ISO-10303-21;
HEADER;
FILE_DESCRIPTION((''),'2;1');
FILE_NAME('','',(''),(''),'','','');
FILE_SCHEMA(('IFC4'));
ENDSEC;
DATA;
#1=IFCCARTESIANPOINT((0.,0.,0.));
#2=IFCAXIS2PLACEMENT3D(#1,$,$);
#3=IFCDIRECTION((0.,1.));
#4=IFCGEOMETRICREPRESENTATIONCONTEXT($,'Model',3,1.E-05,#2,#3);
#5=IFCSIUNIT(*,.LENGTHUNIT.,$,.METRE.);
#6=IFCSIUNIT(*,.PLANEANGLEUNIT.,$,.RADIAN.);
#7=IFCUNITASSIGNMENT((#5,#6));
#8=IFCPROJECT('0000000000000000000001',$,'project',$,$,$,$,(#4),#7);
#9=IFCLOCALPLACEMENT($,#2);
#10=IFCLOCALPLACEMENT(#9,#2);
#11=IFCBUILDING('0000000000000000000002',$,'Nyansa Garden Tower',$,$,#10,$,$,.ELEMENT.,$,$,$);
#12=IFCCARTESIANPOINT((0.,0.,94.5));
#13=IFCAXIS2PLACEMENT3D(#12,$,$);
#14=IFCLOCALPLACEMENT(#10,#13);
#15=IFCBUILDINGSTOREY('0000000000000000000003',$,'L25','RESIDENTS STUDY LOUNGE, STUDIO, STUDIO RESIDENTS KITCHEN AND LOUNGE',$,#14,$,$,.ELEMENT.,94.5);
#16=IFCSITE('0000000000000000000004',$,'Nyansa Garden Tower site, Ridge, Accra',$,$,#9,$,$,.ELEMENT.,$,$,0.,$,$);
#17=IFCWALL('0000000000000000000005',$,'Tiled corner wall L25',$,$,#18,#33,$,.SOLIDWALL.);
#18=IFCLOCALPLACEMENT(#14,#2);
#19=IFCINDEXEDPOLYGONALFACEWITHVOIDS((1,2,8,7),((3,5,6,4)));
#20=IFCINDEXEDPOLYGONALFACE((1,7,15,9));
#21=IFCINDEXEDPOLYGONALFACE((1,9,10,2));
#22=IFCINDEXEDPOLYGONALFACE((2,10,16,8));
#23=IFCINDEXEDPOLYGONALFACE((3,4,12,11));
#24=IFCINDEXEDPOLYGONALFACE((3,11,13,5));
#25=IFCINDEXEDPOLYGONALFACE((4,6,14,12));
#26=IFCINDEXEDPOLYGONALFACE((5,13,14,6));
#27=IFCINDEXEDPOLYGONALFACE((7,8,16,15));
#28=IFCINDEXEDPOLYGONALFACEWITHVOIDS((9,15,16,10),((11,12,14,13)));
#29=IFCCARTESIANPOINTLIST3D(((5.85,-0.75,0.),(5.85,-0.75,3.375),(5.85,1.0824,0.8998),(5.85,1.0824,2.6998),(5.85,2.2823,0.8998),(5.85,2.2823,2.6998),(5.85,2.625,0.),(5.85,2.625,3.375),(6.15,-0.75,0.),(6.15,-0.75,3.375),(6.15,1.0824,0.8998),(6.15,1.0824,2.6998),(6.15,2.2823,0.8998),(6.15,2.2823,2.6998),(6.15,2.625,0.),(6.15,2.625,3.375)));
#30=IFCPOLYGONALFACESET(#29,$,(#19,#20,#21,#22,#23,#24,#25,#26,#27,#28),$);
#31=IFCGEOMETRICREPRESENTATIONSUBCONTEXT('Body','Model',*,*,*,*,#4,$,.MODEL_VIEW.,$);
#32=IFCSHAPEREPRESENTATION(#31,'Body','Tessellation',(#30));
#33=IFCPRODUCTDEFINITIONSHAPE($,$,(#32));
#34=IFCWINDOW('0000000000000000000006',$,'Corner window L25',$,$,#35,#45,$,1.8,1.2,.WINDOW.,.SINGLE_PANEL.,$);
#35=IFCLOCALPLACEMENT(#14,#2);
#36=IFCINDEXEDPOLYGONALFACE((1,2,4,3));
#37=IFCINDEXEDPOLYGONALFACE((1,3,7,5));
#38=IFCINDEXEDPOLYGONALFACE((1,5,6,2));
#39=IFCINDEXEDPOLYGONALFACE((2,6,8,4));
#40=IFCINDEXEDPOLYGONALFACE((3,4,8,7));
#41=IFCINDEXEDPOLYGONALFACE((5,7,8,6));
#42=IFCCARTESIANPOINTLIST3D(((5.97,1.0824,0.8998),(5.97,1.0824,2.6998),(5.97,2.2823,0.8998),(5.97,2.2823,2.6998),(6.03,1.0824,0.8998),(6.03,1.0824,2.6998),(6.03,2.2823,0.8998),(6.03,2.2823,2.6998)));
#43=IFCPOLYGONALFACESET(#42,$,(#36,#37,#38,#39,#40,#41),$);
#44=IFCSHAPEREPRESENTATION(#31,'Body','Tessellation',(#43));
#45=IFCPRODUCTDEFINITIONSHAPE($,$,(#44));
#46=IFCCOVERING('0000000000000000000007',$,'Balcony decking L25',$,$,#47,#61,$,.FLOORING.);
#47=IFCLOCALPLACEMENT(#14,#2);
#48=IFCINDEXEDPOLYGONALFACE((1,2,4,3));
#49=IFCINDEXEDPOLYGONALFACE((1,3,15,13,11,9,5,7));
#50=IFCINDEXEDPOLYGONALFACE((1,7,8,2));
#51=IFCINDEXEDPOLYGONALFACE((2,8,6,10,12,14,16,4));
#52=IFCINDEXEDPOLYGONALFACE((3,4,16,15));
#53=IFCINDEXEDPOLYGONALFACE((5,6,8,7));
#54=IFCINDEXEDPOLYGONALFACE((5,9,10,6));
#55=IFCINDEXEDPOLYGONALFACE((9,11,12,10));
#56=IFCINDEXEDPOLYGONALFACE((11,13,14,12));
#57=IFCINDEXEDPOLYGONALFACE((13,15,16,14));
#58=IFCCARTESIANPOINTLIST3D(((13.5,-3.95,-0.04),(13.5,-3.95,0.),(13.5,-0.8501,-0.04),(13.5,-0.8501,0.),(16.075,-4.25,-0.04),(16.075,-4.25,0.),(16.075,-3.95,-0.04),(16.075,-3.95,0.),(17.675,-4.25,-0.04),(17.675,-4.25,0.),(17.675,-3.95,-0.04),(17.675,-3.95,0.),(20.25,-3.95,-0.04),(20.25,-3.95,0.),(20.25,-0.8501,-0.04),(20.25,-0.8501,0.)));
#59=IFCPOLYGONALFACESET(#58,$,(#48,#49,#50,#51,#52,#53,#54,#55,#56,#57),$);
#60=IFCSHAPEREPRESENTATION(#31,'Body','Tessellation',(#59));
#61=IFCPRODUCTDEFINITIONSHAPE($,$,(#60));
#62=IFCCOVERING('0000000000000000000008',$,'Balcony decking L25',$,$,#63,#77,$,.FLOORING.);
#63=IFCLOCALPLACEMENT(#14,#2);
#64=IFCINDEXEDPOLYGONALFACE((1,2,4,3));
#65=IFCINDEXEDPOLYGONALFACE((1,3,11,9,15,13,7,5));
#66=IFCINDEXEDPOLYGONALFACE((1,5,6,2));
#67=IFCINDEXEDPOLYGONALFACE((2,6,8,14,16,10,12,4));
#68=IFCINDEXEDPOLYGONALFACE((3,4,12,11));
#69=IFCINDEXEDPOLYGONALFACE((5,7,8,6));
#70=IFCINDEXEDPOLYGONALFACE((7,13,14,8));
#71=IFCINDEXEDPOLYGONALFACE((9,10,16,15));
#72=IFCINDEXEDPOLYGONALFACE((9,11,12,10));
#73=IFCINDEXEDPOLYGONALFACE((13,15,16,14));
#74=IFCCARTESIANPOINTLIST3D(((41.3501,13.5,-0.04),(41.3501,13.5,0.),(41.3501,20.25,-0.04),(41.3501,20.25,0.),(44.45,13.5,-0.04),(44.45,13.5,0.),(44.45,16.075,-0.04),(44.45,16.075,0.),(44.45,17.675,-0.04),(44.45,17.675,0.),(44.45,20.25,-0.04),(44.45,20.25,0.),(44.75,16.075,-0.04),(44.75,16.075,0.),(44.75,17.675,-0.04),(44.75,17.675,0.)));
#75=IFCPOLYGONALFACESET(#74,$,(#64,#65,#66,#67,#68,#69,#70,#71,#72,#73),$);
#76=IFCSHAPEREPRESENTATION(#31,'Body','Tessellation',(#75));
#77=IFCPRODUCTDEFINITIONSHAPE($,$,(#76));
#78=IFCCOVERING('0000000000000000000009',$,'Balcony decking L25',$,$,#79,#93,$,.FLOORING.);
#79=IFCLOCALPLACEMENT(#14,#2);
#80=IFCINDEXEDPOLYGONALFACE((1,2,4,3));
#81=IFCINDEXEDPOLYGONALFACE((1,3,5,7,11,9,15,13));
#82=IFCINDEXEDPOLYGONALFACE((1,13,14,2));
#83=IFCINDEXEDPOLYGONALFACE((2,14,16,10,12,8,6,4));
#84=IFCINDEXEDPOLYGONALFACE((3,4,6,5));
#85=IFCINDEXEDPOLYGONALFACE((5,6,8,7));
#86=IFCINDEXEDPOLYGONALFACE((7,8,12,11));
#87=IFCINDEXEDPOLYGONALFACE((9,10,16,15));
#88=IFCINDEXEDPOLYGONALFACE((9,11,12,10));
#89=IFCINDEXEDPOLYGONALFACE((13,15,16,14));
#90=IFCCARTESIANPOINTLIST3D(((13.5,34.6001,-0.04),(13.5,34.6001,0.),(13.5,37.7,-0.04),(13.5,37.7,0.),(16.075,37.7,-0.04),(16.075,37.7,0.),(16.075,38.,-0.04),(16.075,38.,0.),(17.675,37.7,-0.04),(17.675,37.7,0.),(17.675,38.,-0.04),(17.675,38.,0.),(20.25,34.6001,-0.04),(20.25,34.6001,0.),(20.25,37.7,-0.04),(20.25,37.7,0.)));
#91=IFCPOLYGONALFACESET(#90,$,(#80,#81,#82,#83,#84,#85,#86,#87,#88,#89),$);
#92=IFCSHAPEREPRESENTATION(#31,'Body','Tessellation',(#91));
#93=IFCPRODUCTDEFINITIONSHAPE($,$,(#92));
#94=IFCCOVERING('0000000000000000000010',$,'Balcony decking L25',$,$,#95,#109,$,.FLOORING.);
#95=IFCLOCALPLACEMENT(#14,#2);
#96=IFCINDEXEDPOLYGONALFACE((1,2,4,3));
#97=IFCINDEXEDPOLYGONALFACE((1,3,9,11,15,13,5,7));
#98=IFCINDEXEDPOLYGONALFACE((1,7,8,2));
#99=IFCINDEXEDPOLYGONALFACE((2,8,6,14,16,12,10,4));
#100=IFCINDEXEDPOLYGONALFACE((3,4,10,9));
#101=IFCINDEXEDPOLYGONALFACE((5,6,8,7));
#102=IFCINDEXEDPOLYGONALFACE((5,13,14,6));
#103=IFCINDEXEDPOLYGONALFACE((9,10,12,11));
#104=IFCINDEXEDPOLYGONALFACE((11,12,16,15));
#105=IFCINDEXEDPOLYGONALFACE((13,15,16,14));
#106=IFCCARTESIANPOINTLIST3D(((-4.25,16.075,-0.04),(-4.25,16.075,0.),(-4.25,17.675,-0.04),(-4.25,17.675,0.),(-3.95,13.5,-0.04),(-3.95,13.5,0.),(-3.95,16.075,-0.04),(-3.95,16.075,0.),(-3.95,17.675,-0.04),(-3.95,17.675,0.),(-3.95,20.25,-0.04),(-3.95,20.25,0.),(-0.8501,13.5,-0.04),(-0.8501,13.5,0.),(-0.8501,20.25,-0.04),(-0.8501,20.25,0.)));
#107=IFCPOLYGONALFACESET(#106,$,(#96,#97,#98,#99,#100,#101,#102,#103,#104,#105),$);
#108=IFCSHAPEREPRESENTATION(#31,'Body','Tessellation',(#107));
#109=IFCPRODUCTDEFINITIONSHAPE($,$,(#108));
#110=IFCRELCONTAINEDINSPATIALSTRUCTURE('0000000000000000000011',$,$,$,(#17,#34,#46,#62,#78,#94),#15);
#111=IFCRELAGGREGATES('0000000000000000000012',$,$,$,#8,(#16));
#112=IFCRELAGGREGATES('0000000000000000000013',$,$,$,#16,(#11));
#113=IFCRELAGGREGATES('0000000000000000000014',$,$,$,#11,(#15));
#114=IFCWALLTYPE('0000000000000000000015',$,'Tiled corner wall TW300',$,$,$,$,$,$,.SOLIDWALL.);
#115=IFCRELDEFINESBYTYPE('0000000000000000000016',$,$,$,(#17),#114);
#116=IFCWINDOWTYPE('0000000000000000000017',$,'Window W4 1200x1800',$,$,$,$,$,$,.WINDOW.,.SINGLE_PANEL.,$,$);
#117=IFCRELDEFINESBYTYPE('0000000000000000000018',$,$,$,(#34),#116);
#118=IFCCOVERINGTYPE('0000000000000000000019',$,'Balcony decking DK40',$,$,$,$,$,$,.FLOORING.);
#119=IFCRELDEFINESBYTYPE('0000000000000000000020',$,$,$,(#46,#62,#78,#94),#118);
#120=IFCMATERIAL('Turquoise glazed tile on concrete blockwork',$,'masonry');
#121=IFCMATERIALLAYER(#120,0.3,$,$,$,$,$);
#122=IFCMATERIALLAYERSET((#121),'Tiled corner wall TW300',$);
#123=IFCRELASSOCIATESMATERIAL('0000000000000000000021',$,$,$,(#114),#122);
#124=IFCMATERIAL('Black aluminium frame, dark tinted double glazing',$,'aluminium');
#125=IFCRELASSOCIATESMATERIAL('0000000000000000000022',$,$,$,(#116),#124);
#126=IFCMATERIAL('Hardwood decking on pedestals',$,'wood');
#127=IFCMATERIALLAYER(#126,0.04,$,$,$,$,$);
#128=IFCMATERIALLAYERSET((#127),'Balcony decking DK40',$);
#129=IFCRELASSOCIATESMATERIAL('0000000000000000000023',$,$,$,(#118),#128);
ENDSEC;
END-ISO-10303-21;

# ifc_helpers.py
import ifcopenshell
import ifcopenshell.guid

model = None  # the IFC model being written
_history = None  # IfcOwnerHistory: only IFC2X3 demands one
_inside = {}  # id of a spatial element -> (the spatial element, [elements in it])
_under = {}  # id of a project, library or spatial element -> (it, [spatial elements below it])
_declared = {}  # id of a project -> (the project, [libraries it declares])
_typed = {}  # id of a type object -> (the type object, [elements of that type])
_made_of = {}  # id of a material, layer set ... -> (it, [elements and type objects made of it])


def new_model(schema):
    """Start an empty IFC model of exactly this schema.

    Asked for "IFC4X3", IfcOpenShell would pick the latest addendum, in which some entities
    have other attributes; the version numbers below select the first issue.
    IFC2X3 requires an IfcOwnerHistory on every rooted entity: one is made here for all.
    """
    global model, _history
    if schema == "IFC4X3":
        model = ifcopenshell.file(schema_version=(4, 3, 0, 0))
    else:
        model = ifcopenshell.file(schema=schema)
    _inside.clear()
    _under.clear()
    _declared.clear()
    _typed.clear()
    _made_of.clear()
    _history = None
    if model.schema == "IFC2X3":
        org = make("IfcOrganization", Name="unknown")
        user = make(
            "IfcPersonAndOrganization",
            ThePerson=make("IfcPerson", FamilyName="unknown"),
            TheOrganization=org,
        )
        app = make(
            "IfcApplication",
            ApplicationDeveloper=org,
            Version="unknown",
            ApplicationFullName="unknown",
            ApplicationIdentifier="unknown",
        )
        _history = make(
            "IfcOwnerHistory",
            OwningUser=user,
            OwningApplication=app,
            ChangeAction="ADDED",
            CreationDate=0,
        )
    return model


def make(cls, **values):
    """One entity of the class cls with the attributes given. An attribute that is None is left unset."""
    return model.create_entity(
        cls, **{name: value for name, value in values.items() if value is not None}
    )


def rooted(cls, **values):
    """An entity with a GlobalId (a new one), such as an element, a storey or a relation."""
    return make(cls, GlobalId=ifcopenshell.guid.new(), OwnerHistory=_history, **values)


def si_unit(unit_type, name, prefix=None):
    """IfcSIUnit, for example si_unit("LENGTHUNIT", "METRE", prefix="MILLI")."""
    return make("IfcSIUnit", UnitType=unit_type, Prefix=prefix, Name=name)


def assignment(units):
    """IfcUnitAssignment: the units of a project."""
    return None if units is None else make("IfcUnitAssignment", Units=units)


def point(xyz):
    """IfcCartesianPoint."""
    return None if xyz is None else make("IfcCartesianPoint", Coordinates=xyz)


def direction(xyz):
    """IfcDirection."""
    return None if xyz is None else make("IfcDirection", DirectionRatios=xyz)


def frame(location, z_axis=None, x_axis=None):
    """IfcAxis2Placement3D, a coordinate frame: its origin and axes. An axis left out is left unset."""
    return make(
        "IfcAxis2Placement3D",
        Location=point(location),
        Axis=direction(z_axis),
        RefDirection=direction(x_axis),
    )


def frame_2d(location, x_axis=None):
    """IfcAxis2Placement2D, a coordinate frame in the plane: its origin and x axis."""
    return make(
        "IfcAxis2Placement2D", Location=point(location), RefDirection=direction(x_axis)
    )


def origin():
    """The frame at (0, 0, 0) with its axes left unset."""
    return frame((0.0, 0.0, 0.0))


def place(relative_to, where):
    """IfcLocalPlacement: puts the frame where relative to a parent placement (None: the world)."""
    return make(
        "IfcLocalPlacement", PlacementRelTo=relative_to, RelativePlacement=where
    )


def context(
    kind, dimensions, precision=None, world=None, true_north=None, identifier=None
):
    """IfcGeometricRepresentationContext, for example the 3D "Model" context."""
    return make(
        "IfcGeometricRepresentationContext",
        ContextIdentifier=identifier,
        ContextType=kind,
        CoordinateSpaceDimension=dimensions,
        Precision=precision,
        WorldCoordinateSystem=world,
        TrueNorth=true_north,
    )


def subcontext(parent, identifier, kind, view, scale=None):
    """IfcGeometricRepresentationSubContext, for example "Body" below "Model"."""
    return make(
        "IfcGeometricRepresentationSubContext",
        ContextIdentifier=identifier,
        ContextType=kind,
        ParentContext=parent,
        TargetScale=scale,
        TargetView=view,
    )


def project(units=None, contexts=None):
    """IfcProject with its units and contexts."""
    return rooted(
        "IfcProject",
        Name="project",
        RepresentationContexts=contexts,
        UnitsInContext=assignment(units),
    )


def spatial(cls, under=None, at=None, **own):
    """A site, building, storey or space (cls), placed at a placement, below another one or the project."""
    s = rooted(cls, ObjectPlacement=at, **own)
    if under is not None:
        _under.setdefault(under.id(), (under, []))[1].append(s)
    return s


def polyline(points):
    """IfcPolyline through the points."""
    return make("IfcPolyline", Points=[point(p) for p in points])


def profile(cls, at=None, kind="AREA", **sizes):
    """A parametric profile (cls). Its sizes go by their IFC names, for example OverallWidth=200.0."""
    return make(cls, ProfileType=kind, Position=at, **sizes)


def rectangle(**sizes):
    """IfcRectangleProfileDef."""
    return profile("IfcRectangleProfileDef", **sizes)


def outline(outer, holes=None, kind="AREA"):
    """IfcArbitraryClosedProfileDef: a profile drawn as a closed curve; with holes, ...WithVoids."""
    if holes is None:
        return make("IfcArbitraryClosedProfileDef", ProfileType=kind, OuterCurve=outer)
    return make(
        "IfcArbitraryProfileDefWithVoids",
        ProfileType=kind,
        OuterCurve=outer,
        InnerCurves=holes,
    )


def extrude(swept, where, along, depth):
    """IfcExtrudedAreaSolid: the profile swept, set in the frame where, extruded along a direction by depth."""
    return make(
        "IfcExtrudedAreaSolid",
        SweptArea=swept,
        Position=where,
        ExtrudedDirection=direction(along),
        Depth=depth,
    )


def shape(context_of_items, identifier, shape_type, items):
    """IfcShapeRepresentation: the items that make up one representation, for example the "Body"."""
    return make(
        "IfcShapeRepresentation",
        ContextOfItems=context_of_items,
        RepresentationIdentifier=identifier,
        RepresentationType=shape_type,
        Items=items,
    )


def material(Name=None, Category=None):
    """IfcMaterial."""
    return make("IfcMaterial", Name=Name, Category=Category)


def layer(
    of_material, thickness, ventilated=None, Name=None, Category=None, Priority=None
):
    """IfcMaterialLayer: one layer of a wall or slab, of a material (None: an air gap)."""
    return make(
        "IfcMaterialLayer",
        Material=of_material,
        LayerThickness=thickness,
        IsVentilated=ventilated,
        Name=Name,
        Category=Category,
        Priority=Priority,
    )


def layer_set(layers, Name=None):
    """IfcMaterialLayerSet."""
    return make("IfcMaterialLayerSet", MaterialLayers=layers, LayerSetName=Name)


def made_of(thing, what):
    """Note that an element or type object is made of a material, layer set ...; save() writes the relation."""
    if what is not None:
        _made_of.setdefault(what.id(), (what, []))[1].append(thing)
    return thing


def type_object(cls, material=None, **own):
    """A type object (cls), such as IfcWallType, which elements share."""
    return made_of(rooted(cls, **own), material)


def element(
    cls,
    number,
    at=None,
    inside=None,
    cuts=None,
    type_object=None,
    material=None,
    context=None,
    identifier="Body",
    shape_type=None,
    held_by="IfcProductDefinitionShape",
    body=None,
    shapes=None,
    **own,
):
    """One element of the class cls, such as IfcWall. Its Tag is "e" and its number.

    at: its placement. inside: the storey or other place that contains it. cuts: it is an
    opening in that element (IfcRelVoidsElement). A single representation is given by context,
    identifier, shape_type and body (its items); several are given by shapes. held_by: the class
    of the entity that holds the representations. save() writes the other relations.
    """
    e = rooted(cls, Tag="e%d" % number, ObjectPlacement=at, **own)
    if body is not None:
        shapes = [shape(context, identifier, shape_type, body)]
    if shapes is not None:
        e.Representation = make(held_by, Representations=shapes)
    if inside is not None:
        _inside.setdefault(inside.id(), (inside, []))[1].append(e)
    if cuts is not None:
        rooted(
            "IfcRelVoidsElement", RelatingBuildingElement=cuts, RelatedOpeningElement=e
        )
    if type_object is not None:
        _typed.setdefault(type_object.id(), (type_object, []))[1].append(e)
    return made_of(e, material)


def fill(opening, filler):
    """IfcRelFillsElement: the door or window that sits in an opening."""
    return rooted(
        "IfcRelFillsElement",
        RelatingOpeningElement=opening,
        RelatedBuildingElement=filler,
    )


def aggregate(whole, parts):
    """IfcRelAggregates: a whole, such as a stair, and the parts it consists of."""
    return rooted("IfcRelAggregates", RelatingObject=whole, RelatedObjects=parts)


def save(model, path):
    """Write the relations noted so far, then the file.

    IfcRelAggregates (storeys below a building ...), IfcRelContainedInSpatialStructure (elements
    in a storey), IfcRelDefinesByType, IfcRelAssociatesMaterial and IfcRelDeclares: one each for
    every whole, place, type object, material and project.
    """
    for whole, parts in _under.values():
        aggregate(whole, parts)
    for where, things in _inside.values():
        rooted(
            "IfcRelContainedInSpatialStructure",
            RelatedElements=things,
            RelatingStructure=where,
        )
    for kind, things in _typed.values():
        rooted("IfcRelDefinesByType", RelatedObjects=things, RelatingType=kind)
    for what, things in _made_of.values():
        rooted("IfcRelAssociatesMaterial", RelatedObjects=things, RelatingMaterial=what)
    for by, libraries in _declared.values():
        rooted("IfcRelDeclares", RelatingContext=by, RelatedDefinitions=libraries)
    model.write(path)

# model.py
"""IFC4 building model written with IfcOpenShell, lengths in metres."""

from ifc_helpers import new_model, si_unit, direction, frame, frame_2d, origin, place, context, subcontext, project, spatial, polyline, rectangle, outline, extrude, material, layer, layer_set, type_object, element, fill, save


model = new_model("IFC4")

# Units and contexts
model_context = context("Model", 3, precision=1e-05, world=origin(), true_north=direction((0.0, 1.0)))
body_context = subcontext(model_context, "Body", "Model", "MODEL_VIEW")
ifc_project = project(units=[si_unit("LENGTHUNIT", "METRE"), si_unit("PLANEANGLEUNIT", "RADIAN")], contexts=[model_context])

# Site, building, storey
site_placement = place(None, origin())
site = spatial("IfcSite", under=ifc_project, at=site_placement, Name="Nyansa Garden Tower site, Ridge, Accra", CompositionType="ELEMENT", RefElevation=0.0)
building_placement = place(site_placement, origin())
building = spatial("IfcBuilding", under=site, at=building_placement, Name="Nyansa Garden Tower", CompositionType="ELEMENT")
storey_placement = place(building_placement, frame((0.0, 0.0, 94.5)))
storey = spatial("IfcBuildingStorey", under=building, at=storey_placement, Name="L25", Description="RESIDENTS STUDY LOUNGE, STUDIO, STUDIO RESIDENTS KITCHEN AND LOUNGE", CompositionType="ELEMENT", Elevation=94.5)

# Wall, opening, window
ifc_material_1 = material(Name="Turquoise glazed tile on concrete blockwork", Category="masonry")
ifc_layer_1 = layer(ifc_material_1, 0.3)
ifc_layer_set_1 = layer_set([ifc_layer_1], Name="Tiled corner wall TW300")
wall_type_1 = type_object("IfcWallType", Name="Tiled corner wall TW300", PredefinedType="SOLIDWALL", material=ifc_layer_set_1)
wall_1_placement = place(storey_placement, frame((6.0, 2.625, 0.0), z_axis=(0.0, 0.0, 1.0), x_axis=(0.0, -1.0, 0.0)))
wall_1 = element("IfcWall", 1, at=wall_1_placement, inside=storey, type_object=wall_type_1, Name="Tiled corner wall L25", PredefinedType="SOLIDWALL", context=body_context, shape_type="SweptSolid", body=[
    extrude(rectangle(XDim=3.375, YDim=0.3, at=frame_2d((1.6875, 0.0))), origin(), (0.0, 0.0, 1.0), 3.375),
])
opening_1_placement = place(wall_1_placement, frame((0.3425, 0.0, 0.8999)))
opening_1 = element("IfcOpeningElement", 2, at=opening_1_placement, cuts=wall_1, PredefinedType="OPENING", context=body_context, shape_type="SweptSolid", body=[
    extrude(rectangle(XDim=1.2, YDim=1.8, at=frame_2d((0.6001, 0.8999))), frame((0.0, 0.1599, 0.0), z_axis=(0.0, -1.0, 0.0), x_axis=(1.0, 0.0, 0.0)), (0.0, 0.0, 1.0), 0.3201),
])
ifc_material_2 = material(Name="Black aluminium frame, dark tinted double glazing", Category="aluminium")
window_type_1 = type_object("IfcWindowType", Name="Window W4 1200x1800", PartitioningType="SINGLE_PANEL", PredefinedType="WINDOW", material=ifc_material_2)
window_1_placement = place(opening_1_placement, origin())
window_1 = element("IfcWindow", 3, at=window_1_placement, inside=storey, type_object=window_type_1, Name="Corner window L25", OverallHeight=1.8, OverallWidth=1.2, PartitioningType="SINGLE_PANEL", PredefinedType="WINDOW", context=body_context, shape_type="SweptSolid", body=[
    extrude(rectangle(XDim=1.2, YDim=1.8, at=frame_2d((0.6001, 0.8999))), frame((0.0, 0.03, 0.0), z_axis=(0.0, -1.0, 0.0), x_axis=(1.0, 0.0, 0.0)), (0.0, 0.0, 1.0), 0.0601),
])
fill(opening_1, window_1)

# Coverings
ifc_material_3 = material(Name="Hardwood decking on pedestals", Category="wood")
ifc_layer_2 = layer(ifc_material_3, 0.04)
ifc_layer_set_2 = layer_set([ifc_layer_2], Name="Balcony decking DK40")
covering_type = type_object("IfcCoveringType", Name="Balcony decking DK40", PredefinedType="FLOORING", material=ifc_layer_set_2)
covering_1_placement = place(storey_placement, frame((0.0, 0.0, -0.04)))
element("IfcCovering", 4, at=covering_1_placement, inside=storey, type_object=covering_type, Name="Balcony decking L25", PredefinedType="FLOORING", context=body_context, shape_type="SweptSolid", body=[
    extrude(outline(polyline([(13.5, -0.8501), (20.25, -0.8501), (20.25, -3.95), (17.675, -3.95), (17.675, -4.25), (16.075, -4.25), (16.075, -3.95), (13.5, -3.95), (13.5, -0.8501)])), origin(), (0.0, 0.0, 1.0), 0.04),
])
covering_2_placement = place(storey_placement, frame((0.0, 0.0, -0.04)))
element("IfcCovering", 5, at=covering_2_placement, inside=storey, type_object=covering_type, Name="Balcony decking L25", PredefinedType="FLOORING", context=body_context, shape_type="SweptSolid", body=[
    extrude(outline(polyline([(41.3501, 13.5), (41.3501, 20.25), (44.45, 20.25), (44.45, 17.675), (44.75, 17.675), (44.75, 16.075), (44.45, 16.075), (44.45, 13.5), (41.3501, 13.5)])), origin(), (0.0, 0.0, 1.0), 0.04),
])
covering_3_placement = place(storey_placement, frame((0.0, 0.0, -0.04)))
element("IfcCovering", 6, at=covering_3_placement, inside=storey, type_object=covering_type, Name="Balcony decking L25", PredefinedType="FLOORING", context=body_context, shape_type="SweptSolid", body=[
    extrude(outline(polyline([(13.5, 34.6001), (20.25, 34.6001), (20.25, 37.7), (17.675, 37.7), (17.675, 38.0), (16.075, 38.0), (16.075, 37.7), (13.5, 37.7), (13.5, 34.6001)])), origin(), (0.0, 0.0, 1.0), 0.04),
])
covering_4_placement = place(storey_placement, frame((0.0, 0.0, -0.04)))
element("IfcCovering", 7, at=covering_4_placement, inside=storey, type_object=covering_type, Name="Balcony decking L25", PredefinedType="FLOORING", context=body_context, shape_type="SweptSolid", body=[
    extrude(outline(polyline([(-0.8501, 13.5), (-0.8501, 20.25), (-3.95, 20.25), (-3.95, 17.675), (-4.25, 17.675), (-4.25, 16.075), (-3.95, 16.075), (-3.95, 13.5), (-0.8501, 13.5)])), origin(), (0.0, 0.0, 1.0), 0.04),
])

save(model, "model.ifc")
